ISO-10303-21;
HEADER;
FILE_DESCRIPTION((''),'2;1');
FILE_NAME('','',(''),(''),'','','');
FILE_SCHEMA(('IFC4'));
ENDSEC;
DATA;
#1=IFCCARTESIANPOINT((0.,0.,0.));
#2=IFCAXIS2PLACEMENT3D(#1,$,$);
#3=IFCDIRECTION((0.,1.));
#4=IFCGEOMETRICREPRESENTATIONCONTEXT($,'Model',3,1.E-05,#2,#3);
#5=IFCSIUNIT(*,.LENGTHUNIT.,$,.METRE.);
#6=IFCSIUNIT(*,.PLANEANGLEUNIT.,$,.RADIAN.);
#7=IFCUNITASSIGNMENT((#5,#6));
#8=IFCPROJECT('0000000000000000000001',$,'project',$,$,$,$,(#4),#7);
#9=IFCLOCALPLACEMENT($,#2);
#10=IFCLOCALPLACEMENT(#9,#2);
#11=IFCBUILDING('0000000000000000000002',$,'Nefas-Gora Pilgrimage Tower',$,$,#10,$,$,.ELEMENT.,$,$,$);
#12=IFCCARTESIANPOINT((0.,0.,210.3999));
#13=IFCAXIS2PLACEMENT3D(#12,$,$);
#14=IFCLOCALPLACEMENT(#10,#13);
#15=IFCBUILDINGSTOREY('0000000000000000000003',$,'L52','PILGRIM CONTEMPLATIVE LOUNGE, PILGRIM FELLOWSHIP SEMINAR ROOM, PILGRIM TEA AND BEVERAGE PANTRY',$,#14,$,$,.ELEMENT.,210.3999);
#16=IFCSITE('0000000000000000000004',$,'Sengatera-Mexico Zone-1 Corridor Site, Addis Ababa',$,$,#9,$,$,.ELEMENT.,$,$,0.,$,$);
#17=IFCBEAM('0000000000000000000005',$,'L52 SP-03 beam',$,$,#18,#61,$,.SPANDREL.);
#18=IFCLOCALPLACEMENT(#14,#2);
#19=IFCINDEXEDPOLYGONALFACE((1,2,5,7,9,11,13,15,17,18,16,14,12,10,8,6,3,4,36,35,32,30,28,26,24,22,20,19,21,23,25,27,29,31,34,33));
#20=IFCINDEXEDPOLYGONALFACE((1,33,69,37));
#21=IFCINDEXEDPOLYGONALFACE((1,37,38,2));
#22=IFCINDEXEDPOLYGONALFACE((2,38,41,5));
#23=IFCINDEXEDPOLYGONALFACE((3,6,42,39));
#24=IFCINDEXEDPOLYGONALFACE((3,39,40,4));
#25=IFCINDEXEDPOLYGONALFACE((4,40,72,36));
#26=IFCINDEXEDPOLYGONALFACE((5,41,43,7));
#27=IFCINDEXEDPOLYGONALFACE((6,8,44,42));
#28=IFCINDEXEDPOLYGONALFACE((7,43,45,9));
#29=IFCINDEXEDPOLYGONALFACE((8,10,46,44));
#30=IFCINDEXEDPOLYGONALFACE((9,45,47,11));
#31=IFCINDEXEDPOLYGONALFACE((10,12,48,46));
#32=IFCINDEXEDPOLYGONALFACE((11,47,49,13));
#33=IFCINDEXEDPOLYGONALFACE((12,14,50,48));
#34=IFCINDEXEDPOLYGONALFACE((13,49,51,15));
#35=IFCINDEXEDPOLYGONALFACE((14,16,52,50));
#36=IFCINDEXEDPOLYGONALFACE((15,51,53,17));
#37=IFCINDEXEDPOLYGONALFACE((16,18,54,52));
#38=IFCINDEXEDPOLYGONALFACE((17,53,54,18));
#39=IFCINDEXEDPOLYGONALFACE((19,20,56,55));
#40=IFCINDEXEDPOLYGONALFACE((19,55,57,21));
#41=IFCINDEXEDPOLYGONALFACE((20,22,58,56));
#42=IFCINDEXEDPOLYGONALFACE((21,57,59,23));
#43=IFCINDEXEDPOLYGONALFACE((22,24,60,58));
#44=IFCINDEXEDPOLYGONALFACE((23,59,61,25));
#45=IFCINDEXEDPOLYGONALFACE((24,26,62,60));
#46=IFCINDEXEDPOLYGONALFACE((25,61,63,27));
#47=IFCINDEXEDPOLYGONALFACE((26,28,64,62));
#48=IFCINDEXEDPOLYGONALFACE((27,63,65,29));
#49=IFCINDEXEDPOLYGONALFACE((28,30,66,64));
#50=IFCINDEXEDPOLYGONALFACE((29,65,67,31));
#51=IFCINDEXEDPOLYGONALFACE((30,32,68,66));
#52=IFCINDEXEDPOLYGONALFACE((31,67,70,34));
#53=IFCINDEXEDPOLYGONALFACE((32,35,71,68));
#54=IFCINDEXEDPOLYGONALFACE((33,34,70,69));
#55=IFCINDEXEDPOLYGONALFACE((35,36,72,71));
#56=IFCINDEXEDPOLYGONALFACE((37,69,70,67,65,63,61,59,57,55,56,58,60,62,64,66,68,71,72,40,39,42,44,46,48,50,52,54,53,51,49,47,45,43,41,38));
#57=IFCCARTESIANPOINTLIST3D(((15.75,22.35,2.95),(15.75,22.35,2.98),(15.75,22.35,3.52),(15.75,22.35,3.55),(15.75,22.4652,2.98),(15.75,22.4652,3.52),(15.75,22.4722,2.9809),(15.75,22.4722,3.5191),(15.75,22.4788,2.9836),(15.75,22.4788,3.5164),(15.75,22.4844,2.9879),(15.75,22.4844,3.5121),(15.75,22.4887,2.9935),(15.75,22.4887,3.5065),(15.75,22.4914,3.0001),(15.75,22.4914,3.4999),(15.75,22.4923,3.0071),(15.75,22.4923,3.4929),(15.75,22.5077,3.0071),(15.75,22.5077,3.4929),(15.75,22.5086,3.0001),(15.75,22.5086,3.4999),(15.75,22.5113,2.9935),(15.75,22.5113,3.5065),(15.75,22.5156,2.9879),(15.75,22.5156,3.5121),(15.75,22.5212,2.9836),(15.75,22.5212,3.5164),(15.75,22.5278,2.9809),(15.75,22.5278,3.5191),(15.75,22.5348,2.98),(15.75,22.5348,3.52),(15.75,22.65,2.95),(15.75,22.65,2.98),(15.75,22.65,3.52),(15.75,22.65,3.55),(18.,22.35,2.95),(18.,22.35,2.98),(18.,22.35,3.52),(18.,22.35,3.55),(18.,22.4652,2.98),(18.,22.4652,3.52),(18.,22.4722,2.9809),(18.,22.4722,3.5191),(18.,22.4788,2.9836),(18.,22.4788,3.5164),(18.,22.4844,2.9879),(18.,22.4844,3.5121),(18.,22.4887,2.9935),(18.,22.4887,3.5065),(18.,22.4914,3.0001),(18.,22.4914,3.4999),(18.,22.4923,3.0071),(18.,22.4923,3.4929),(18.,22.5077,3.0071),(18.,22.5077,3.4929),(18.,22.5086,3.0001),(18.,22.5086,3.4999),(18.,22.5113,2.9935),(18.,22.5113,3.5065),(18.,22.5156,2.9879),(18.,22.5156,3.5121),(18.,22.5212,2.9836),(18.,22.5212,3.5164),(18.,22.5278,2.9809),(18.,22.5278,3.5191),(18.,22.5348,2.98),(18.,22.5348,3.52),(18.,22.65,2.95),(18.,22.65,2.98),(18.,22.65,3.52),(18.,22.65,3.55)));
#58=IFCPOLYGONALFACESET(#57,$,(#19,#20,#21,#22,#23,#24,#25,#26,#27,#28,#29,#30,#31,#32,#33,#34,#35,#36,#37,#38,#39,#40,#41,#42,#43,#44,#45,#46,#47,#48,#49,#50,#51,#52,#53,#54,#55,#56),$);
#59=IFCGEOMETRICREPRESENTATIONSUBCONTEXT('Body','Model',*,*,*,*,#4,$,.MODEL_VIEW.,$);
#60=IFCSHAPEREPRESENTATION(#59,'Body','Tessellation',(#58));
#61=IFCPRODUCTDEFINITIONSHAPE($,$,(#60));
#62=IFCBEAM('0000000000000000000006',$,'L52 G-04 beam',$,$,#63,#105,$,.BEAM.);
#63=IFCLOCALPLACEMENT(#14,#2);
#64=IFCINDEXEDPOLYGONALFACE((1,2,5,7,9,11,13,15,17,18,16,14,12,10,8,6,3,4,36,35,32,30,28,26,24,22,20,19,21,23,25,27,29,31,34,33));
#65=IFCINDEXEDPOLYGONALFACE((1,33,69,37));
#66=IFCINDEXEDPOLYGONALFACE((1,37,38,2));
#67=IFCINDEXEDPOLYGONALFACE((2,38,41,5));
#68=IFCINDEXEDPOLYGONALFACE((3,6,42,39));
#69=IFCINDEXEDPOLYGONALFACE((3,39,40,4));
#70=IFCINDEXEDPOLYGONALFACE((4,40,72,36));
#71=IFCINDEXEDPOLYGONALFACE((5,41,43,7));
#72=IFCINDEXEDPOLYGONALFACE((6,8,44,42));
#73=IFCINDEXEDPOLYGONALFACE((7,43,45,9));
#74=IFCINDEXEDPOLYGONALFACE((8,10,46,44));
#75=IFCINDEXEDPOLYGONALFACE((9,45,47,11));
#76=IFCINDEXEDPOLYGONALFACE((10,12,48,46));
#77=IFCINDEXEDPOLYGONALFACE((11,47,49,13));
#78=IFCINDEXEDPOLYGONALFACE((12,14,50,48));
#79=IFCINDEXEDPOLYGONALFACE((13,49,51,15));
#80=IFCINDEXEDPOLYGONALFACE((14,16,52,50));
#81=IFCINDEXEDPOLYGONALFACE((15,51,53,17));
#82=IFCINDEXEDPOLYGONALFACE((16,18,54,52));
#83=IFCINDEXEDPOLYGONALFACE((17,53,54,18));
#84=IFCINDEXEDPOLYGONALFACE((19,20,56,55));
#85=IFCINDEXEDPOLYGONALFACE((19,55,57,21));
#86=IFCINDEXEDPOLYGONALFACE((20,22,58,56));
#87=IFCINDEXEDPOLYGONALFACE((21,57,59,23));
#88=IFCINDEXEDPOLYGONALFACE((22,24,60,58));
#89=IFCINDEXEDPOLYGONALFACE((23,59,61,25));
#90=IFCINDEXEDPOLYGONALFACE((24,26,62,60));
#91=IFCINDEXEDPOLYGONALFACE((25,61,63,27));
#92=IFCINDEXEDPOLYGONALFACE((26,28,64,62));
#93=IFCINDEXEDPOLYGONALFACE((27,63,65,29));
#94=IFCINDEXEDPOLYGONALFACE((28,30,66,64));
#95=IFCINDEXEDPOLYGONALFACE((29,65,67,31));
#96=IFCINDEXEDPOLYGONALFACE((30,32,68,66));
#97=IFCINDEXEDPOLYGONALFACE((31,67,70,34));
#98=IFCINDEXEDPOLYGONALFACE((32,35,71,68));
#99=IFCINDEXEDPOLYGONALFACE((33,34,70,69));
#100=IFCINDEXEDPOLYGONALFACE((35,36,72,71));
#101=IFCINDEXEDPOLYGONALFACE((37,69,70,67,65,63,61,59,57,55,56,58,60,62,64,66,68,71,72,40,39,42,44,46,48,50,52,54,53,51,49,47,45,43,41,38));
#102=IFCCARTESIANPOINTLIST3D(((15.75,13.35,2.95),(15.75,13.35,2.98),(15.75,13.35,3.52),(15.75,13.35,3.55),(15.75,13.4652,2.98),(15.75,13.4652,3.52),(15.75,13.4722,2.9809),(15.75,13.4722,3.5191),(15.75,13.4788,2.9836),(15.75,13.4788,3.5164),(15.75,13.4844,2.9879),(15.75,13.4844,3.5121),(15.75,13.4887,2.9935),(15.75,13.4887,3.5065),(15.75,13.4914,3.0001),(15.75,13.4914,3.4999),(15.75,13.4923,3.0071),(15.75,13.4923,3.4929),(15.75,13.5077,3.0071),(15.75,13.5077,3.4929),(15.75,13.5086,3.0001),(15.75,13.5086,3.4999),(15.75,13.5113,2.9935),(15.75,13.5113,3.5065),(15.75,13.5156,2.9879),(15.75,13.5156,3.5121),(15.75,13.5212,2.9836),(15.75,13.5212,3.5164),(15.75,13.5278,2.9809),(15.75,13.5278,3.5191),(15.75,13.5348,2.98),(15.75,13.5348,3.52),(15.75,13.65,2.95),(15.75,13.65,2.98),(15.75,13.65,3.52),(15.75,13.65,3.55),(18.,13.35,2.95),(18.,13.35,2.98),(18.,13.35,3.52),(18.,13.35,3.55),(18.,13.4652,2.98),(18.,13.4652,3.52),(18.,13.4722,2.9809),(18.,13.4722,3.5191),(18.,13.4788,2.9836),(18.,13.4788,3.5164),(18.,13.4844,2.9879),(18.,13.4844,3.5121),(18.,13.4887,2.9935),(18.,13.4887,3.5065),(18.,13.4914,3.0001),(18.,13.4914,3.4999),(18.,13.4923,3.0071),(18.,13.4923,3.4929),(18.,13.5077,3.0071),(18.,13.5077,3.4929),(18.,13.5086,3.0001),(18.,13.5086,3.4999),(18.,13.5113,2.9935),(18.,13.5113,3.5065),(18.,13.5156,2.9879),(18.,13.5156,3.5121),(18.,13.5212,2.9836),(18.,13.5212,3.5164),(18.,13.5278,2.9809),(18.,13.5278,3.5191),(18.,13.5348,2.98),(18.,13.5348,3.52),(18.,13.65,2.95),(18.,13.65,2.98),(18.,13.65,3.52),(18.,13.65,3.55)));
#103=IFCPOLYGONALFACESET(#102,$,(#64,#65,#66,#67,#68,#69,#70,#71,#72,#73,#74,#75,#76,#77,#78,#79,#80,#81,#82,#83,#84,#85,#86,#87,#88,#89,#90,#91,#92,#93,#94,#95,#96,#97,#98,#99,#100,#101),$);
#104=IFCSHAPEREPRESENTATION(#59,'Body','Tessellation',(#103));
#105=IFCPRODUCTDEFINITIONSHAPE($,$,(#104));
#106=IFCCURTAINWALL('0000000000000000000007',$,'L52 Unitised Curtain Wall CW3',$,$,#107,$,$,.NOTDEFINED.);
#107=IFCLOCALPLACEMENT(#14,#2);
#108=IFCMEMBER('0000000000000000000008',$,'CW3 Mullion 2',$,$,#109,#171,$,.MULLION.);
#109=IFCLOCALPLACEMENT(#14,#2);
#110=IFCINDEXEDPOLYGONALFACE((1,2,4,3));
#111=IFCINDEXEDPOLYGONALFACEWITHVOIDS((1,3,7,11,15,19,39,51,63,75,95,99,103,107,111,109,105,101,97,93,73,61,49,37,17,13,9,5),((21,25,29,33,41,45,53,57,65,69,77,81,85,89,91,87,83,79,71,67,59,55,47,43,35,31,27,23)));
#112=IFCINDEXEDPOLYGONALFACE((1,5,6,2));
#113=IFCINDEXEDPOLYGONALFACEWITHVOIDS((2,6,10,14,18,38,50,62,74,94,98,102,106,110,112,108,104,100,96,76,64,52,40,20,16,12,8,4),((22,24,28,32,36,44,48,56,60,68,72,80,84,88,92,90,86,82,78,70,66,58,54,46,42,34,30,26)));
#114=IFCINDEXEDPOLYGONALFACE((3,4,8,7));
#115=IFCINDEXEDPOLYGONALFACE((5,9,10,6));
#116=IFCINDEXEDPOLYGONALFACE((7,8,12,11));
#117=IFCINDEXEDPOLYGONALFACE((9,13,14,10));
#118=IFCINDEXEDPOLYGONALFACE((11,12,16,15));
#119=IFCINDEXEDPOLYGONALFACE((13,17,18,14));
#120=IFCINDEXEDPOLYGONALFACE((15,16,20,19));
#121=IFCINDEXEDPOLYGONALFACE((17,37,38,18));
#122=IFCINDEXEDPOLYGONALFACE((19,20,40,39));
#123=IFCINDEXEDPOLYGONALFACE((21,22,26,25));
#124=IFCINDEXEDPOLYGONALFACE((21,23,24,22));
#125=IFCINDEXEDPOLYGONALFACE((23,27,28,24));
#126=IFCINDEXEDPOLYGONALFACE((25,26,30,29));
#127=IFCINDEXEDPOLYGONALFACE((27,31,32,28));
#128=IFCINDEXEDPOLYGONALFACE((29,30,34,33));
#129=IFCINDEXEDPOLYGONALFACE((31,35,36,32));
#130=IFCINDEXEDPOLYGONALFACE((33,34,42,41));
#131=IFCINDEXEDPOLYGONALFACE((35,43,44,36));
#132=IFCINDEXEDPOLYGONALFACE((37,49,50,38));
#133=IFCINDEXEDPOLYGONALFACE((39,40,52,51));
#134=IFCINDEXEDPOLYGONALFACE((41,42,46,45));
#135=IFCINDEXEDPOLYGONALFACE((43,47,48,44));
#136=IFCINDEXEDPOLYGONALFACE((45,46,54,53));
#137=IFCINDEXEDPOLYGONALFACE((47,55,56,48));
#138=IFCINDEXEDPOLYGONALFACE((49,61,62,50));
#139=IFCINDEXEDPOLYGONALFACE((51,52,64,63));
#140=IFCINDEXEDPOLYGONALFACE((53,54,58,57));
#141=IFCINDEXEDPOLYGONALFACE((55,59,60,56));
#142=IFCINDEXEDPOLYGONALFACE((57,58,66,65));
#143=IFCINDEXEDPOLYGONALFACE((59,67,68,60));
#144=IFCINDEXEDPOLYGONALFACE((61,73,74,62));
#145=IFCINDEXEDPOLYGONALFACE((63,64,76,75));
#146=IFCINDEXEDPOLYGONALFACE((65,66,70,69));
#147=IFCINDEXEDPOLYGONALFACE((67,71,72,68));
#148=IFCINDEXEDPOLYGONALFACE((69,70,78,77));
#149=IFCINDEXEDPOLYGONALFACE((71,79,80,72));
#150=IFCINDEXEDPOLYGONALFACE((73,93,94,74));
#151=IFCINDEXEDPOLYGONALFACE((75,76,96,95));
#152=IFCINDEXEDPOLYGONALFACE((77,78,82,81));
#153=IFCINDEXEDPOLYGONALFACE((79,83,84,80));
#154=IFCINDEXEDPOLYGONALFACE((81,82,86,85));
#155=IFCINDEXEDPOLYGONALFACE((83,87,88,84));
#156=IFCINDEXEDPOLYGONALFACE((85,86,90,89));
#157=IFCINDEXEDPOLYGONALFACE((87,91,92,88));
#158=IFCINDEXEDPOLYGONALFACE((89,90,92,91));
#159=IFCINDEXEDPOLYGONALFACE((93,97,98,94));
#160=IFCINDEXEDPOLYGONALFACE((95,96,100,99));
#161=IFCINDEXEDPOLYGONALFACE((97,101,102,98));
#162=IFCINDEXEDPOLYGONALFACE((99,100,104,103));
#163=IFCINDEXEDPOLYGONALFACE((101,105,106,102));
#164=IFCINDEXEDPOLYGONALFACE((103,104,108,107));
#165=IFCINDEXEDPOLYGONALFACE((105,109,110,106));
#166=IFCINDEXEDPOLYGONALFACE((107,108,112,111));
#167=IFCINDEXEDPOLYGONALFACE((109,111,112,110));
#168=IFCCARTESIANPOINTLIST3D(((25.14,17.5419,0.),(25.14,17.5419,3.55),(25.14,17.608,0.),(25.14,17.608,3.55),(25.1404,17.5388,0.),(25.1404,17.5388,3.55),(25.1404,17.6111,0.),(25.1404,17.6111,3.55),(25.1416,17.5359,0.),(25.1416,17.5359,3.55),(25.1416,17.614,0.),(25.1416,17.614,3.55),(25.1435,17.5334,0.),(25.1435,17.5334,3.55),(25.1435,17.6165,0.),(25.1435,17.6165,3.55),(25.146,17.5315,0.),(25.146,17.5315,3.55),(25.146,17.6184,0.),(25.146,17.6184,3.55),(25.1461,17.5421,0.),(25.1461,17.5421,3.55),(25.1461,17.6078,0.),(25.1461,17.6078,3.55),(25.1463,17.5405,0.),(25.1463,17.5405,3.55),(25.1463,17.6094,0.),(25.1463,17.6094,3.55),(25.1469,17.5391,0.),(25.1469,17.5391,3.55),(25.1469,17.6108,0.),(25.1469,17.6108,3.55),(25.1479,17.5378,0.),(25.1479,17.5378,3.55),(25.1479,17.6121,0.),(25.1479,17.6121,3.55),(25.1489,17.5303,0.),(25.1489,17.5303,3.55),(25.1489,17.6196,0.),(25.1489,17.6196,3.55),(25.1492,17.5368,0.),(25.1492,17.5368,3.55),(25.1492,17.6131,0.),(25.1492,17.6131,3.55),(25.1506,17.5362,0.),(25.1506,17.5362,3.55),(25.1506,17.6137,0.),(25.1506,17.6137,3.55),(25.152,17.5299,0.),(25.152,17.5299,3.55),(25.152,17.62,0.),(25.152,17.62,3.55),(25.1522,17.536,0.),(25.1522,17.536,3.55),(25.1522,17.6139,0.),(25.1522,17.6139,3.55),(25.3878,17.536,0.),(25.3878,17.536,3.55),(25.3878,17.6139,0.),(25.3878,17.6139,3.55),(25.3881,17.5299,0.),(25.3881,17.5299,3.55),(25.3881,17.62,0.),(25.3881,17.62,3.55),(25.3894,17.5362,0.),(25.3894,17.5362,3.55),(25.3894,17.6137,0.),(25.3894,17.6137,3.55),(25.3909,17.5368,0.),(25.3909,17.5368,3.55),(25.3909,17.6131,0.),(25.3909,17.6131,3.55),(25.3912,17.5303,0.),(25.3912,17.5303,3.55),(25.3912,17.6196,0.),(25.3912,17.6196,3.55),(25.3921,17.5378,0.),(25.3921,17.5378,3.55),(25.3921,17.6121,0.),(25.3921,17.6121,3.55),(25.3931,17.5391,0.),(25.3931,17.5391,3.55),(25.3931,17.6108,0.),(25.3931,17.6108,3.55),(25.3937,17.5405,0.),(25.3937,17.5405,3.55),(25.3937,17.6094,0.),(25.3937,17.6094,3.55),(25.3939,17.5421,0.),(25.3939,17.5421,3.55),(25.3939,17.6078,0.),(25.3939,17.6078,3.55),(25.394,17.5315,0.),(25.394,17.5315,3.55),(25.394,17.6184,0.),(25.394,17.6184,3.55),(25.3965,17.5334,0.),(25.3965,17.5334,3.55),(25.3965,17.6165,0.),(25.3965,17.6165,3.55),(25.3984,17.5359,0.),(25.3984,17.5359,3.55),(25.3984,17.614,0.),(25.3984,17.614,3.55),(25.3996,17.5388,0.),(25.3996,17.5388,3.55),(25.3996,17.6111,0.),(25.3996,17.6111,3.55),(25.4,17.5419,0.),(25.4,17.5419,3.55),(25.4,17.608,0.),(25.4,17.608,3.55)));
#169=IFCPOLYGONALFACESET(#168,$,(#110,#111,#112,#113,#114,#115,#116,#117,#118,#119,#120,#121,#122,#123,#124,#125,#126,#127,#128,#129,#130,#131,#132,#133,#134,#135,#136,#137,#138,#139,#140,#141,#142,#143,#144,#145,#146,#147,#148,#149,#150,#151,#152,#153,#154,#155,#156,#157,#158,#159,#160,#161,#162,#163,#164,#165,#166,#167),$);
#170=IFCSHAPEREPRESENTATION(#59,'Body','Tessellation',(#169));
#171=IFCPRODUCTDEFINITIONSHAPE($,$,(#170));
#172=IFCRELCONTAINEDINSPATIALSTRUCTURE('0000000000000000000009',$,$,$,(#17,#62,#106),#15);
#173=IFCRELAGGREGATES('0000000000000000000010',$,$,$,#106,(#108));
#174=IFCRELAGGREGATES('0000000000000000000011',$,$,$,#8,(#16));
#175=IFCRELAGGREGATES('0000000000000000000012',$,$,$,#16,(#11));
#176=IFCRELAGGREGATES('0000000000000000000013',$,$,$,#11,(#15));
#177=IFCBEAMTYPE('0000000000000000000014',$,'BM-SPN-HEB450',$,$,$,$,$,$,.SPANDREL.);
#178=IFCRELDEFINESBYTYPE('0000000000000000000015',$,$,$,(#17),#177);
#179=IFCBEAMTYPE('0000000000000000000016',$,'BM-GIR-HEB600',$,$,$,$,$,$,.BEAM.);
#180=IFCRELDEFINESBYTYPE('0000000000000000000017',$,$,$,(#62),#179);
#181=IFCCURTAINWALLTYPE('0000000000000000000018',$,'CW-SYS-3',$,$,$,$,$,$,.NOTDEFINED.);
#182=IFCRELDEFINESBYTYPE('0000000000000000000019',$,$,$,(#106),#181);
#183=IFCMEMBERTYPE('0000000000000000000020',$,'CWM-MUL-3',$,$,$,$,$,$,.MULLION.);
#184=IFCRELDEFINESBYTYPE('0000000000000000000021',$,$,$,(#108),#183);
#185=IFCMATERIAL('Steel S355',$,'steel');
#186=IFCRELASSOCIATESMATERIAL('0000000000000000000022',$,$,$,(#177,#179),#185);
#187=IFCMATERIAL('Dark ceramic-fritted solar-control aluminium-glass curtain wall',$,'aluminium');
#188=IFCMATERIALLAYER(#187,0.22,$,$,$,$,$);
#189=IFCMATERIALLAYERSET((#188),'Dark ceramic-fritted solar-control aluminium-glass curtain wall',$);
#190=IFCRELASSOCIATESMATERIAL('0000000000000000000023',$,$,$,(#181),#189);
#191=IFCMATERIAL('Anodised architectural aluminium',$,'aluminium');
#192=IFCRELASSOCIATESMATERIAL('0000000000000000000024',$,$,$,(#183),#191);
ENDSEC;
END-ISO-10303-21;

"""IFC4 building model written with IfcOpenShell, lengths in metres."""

from ifc_helpers import new_model, si_unit, direction, frame, origin, origin_2d, place, context, subcontext, project, spatial, hollow_rectangle, i_section, extrude, source, transform, mapped, material, layer, layer_set, material_profile, profile_set, type_object, element, aggregate, save


model = new_model("IFC4")

# Units and contexts
model_context = context("Model", 3, precision=1e-05, world=origin(), true_north=direction((0.0, 1.0)))
body_context = subcontext(model_context, "Body", "Model", "MODEL_VIEW")
ifc_project = project(units=[si_unit("LENGTHUNIT", "METRE"), si_unit("PLANEANGLEUNIT", "RADIAN")], contexts=[model_context])

# Site, building, storey
site_placement = place(None, origin())
site = spatial("IfcSite", under=ifc_project, at=site_placement, Name="Sengatera-Mexico Zone-1 Corridor Site, Addis Ababa", CompositionType="ELEMENT", RefElevation=0.0)
building_placement = place(site_placement, origin())
building = spatial("IfcBuilding", under=site, at=building_placement, Name="Nefas-Gora Pilgrimage Tower", CompositionType="ELEMENT")
storey_placement = place(building_placement, frame((0.0, 0.0, 210.3999)))
storey = spatial("IfcBuildingStorey", under=building, at=storey_placement, Name="L52", Description="PILGRIM CONTEMPLATIVE LOUNGE, PILGRIM FELLOWSHIP SEMINAR ROOM, PILGRIM TEA AND BEVERAGE PANTRY", CompositionType="ELEMENT", Elevation=210.3999)

# Beams
ifc_material_1 = material(Name="Steel S355", Category="steel")
ifc_material_profile_1 = material_profile(ifc_material_1, i_section(OverallWidth=0.3, OverallDepth=0.6001, WebThickness=0.0154, FlangeThickness=0.03, FilletRadius=0.0271, at=origin_2d()), Name="HEB 600")
ifc_profile_set_1 = profile_set([ifc_material_profile_1], Name="Steel S355")
beam_type_1 = type_object("IfcBeamType", Name="BM-SPN-HEB450", PredefinedType="SPANDREL", material=ifc_profile_set_1)
ifc_material_profile_2 = material_profile(ifc_material_1, i_section(OverallWidth=0.3, OverallDepth=0.6001, WebThickness=0.0154, FlangeThickness=0.03, FilletRadius=0.0271, at=origin_2d()), Name="HEB 600")
ifc_profile_set_2 = profile_set([ifc_material_profile_2], Name="Steel S355")
beam_type_2 = type_object("IfcBeamType", Name="BM-GIR-HEB600", PredefinedType="BEAM", material=ifc_profile_set_2)
shared_shape_1 = source(origin(), body_context, "Body", "SweptSolid", [
    extrude(i_section(OverallWidth=0.3, OverallDepth=0.6001, WebThickness=0.0154, FlangeThickness=0.03, FilletRadius=0.0271, at=origin_2d()), origin(), (0.0, 0.0, 1.0), 2.25),
])
for number, where, z_axis, x_axis, name in (
    (1, (15.75, 22.5, 3.25), (1.0, 0.0, 0.0), (0.0, 1.0, 0.0), "L52 SP-03 beam"),
):
    element("IfcBeam", number, at=place(storey_placement, frame(where, z_axis=z_axis, x_axis=x_axis)), inside=storey, type_object=beam_type_1, Name=name, PredefinedType="SPANDREL", context=body_context, shape_type="MappedRepresentation", body=[
        mapped(shared_shape_1, transform((0.0, 0.0, 0.0), x_axis=(1.0, 0.0, 0.0), y_axis=(0.0, 1.0, 0.0), z_axis=(0.0, 0.0, 1.0), scale=1.0)),
    ])
shared_shape_2 = source(origin(), body_context, "Body", "SweptSolid", [
    extrude(i_section(OverallWidth=0.3, OverallDepth=0.6001, WebThickness=0.0154, FlangeThickness=0.03, FilletRadius=0.0271, at=origin_2d()), origin(), (0.0, 0.0, 1.0), 2.25),
])
beam_1_placement = place(storey_placement, frame((15.75, 13.5, 3.25), z_axis=(1.0, 0.0, 0.0), x_axis=(0.0, 1.0, 0.0)))
element("IfcBeam", 2, at=beam_1_placement, inside=storey, type_object=beam_type_2, Name="L52 G-04 beam", PredefinedType="BEAM", context=body_context, shape_type="MappedRepresentation", body=[
    mapped(shared_shape_2, transform((0.0, 0.0, 0.0), x_axis=(1.0, 0.0, 0.0), y_axis=(0.0, 1.0, 0.0), z_axis=(0.0, 0.0, 1.0), scale=1.0)),
])

# Curtain wall, member
ifc_material_2 = material(Name="Dark ceramic-fritted solar-control aluminium-glass curtain wall", Category="aluminium")
ifc_layer_1 = layer(ifc_material_2, 0.22)
ifc_layer_set_1 = layer_set([ifc_layer_1], Name="Dark ceramic-fritted solar-control aluminium-glass curtain wall")
curtain_wall_type = type_object("IfcCurtainWallType", Name="CW-SYS-3", PredefinedType="NOTDEFINED", material=ifc_layer_set_1)
curtain_wall_1_placement = place(storey_placement, origin())
curtain_wall_1 = element("IfcCurtainWall", 3, at=curtain_wall_1_placement, inside=storey, type_object=curtain_wall_type, Name="L52 Unitised Curtain Wall CW3", PredefinedType="NOTDEFINED")
ifc_material_3 = material(Name="Anodised architectural aluminium", Category="aluminium")
ifc_material_profile_3 = material_profile(ifc_material_3, hollow_rectangle(XDim=0.0901, YDim=0.26, WallThickness=0.0061, InnerFilletRadius=0.0061, OuterFilletRadius=0.012, at=origin_2d()), Name="ALU MULLION 90x260")
ifc_profile_set_3 = profile_set([ifc_material_profile_3], Name="Anodised architectural aluminium")
member_type_1 = type_object("IfcMemberType", Name="CWM-MUL-3", PredefinedType="MULLION", material=ifc_profile_set_3)
shared_shape_3 = source(origin(), body_context, "Body", "SweptSolid", [
    extrude(hollow_rectangle(XDim=0.0901, YDim=0.26, WallThickness=0.0061, InnerFilletRadius=0.0061, OuterFilletRadius=0.012, at=origin_2d()), origin(), (0.0, 0.0, 1.0), 3.55),
])
member_1_placement = place(storey_placement, frame((25.27, 17.575, 0.0), z_axis=(0.0, 0.0, 1.0), x_axis=(0.0, 1.0, 0.0)))
member_1 = element("IfcMember", 4, at=member_1_placement, type_object=member_type_1, Name="CW3 Mullion 2", PredefinedType="MULLION", context=body_context, shape_type="MappedRepresentation", body=[
    mapped(shared_shape_3, transform((0.0, 0.0, 0.0), x_axis=(1.0, 0.0, 0.0), y_axis=(0.0, 1.0, 0.0), z_axis=(0.0, 0.0, 1.0), scale=1.0)),
])
aggregate(curtain_wall_1, [member_1])

save(model, "model.ifc")
